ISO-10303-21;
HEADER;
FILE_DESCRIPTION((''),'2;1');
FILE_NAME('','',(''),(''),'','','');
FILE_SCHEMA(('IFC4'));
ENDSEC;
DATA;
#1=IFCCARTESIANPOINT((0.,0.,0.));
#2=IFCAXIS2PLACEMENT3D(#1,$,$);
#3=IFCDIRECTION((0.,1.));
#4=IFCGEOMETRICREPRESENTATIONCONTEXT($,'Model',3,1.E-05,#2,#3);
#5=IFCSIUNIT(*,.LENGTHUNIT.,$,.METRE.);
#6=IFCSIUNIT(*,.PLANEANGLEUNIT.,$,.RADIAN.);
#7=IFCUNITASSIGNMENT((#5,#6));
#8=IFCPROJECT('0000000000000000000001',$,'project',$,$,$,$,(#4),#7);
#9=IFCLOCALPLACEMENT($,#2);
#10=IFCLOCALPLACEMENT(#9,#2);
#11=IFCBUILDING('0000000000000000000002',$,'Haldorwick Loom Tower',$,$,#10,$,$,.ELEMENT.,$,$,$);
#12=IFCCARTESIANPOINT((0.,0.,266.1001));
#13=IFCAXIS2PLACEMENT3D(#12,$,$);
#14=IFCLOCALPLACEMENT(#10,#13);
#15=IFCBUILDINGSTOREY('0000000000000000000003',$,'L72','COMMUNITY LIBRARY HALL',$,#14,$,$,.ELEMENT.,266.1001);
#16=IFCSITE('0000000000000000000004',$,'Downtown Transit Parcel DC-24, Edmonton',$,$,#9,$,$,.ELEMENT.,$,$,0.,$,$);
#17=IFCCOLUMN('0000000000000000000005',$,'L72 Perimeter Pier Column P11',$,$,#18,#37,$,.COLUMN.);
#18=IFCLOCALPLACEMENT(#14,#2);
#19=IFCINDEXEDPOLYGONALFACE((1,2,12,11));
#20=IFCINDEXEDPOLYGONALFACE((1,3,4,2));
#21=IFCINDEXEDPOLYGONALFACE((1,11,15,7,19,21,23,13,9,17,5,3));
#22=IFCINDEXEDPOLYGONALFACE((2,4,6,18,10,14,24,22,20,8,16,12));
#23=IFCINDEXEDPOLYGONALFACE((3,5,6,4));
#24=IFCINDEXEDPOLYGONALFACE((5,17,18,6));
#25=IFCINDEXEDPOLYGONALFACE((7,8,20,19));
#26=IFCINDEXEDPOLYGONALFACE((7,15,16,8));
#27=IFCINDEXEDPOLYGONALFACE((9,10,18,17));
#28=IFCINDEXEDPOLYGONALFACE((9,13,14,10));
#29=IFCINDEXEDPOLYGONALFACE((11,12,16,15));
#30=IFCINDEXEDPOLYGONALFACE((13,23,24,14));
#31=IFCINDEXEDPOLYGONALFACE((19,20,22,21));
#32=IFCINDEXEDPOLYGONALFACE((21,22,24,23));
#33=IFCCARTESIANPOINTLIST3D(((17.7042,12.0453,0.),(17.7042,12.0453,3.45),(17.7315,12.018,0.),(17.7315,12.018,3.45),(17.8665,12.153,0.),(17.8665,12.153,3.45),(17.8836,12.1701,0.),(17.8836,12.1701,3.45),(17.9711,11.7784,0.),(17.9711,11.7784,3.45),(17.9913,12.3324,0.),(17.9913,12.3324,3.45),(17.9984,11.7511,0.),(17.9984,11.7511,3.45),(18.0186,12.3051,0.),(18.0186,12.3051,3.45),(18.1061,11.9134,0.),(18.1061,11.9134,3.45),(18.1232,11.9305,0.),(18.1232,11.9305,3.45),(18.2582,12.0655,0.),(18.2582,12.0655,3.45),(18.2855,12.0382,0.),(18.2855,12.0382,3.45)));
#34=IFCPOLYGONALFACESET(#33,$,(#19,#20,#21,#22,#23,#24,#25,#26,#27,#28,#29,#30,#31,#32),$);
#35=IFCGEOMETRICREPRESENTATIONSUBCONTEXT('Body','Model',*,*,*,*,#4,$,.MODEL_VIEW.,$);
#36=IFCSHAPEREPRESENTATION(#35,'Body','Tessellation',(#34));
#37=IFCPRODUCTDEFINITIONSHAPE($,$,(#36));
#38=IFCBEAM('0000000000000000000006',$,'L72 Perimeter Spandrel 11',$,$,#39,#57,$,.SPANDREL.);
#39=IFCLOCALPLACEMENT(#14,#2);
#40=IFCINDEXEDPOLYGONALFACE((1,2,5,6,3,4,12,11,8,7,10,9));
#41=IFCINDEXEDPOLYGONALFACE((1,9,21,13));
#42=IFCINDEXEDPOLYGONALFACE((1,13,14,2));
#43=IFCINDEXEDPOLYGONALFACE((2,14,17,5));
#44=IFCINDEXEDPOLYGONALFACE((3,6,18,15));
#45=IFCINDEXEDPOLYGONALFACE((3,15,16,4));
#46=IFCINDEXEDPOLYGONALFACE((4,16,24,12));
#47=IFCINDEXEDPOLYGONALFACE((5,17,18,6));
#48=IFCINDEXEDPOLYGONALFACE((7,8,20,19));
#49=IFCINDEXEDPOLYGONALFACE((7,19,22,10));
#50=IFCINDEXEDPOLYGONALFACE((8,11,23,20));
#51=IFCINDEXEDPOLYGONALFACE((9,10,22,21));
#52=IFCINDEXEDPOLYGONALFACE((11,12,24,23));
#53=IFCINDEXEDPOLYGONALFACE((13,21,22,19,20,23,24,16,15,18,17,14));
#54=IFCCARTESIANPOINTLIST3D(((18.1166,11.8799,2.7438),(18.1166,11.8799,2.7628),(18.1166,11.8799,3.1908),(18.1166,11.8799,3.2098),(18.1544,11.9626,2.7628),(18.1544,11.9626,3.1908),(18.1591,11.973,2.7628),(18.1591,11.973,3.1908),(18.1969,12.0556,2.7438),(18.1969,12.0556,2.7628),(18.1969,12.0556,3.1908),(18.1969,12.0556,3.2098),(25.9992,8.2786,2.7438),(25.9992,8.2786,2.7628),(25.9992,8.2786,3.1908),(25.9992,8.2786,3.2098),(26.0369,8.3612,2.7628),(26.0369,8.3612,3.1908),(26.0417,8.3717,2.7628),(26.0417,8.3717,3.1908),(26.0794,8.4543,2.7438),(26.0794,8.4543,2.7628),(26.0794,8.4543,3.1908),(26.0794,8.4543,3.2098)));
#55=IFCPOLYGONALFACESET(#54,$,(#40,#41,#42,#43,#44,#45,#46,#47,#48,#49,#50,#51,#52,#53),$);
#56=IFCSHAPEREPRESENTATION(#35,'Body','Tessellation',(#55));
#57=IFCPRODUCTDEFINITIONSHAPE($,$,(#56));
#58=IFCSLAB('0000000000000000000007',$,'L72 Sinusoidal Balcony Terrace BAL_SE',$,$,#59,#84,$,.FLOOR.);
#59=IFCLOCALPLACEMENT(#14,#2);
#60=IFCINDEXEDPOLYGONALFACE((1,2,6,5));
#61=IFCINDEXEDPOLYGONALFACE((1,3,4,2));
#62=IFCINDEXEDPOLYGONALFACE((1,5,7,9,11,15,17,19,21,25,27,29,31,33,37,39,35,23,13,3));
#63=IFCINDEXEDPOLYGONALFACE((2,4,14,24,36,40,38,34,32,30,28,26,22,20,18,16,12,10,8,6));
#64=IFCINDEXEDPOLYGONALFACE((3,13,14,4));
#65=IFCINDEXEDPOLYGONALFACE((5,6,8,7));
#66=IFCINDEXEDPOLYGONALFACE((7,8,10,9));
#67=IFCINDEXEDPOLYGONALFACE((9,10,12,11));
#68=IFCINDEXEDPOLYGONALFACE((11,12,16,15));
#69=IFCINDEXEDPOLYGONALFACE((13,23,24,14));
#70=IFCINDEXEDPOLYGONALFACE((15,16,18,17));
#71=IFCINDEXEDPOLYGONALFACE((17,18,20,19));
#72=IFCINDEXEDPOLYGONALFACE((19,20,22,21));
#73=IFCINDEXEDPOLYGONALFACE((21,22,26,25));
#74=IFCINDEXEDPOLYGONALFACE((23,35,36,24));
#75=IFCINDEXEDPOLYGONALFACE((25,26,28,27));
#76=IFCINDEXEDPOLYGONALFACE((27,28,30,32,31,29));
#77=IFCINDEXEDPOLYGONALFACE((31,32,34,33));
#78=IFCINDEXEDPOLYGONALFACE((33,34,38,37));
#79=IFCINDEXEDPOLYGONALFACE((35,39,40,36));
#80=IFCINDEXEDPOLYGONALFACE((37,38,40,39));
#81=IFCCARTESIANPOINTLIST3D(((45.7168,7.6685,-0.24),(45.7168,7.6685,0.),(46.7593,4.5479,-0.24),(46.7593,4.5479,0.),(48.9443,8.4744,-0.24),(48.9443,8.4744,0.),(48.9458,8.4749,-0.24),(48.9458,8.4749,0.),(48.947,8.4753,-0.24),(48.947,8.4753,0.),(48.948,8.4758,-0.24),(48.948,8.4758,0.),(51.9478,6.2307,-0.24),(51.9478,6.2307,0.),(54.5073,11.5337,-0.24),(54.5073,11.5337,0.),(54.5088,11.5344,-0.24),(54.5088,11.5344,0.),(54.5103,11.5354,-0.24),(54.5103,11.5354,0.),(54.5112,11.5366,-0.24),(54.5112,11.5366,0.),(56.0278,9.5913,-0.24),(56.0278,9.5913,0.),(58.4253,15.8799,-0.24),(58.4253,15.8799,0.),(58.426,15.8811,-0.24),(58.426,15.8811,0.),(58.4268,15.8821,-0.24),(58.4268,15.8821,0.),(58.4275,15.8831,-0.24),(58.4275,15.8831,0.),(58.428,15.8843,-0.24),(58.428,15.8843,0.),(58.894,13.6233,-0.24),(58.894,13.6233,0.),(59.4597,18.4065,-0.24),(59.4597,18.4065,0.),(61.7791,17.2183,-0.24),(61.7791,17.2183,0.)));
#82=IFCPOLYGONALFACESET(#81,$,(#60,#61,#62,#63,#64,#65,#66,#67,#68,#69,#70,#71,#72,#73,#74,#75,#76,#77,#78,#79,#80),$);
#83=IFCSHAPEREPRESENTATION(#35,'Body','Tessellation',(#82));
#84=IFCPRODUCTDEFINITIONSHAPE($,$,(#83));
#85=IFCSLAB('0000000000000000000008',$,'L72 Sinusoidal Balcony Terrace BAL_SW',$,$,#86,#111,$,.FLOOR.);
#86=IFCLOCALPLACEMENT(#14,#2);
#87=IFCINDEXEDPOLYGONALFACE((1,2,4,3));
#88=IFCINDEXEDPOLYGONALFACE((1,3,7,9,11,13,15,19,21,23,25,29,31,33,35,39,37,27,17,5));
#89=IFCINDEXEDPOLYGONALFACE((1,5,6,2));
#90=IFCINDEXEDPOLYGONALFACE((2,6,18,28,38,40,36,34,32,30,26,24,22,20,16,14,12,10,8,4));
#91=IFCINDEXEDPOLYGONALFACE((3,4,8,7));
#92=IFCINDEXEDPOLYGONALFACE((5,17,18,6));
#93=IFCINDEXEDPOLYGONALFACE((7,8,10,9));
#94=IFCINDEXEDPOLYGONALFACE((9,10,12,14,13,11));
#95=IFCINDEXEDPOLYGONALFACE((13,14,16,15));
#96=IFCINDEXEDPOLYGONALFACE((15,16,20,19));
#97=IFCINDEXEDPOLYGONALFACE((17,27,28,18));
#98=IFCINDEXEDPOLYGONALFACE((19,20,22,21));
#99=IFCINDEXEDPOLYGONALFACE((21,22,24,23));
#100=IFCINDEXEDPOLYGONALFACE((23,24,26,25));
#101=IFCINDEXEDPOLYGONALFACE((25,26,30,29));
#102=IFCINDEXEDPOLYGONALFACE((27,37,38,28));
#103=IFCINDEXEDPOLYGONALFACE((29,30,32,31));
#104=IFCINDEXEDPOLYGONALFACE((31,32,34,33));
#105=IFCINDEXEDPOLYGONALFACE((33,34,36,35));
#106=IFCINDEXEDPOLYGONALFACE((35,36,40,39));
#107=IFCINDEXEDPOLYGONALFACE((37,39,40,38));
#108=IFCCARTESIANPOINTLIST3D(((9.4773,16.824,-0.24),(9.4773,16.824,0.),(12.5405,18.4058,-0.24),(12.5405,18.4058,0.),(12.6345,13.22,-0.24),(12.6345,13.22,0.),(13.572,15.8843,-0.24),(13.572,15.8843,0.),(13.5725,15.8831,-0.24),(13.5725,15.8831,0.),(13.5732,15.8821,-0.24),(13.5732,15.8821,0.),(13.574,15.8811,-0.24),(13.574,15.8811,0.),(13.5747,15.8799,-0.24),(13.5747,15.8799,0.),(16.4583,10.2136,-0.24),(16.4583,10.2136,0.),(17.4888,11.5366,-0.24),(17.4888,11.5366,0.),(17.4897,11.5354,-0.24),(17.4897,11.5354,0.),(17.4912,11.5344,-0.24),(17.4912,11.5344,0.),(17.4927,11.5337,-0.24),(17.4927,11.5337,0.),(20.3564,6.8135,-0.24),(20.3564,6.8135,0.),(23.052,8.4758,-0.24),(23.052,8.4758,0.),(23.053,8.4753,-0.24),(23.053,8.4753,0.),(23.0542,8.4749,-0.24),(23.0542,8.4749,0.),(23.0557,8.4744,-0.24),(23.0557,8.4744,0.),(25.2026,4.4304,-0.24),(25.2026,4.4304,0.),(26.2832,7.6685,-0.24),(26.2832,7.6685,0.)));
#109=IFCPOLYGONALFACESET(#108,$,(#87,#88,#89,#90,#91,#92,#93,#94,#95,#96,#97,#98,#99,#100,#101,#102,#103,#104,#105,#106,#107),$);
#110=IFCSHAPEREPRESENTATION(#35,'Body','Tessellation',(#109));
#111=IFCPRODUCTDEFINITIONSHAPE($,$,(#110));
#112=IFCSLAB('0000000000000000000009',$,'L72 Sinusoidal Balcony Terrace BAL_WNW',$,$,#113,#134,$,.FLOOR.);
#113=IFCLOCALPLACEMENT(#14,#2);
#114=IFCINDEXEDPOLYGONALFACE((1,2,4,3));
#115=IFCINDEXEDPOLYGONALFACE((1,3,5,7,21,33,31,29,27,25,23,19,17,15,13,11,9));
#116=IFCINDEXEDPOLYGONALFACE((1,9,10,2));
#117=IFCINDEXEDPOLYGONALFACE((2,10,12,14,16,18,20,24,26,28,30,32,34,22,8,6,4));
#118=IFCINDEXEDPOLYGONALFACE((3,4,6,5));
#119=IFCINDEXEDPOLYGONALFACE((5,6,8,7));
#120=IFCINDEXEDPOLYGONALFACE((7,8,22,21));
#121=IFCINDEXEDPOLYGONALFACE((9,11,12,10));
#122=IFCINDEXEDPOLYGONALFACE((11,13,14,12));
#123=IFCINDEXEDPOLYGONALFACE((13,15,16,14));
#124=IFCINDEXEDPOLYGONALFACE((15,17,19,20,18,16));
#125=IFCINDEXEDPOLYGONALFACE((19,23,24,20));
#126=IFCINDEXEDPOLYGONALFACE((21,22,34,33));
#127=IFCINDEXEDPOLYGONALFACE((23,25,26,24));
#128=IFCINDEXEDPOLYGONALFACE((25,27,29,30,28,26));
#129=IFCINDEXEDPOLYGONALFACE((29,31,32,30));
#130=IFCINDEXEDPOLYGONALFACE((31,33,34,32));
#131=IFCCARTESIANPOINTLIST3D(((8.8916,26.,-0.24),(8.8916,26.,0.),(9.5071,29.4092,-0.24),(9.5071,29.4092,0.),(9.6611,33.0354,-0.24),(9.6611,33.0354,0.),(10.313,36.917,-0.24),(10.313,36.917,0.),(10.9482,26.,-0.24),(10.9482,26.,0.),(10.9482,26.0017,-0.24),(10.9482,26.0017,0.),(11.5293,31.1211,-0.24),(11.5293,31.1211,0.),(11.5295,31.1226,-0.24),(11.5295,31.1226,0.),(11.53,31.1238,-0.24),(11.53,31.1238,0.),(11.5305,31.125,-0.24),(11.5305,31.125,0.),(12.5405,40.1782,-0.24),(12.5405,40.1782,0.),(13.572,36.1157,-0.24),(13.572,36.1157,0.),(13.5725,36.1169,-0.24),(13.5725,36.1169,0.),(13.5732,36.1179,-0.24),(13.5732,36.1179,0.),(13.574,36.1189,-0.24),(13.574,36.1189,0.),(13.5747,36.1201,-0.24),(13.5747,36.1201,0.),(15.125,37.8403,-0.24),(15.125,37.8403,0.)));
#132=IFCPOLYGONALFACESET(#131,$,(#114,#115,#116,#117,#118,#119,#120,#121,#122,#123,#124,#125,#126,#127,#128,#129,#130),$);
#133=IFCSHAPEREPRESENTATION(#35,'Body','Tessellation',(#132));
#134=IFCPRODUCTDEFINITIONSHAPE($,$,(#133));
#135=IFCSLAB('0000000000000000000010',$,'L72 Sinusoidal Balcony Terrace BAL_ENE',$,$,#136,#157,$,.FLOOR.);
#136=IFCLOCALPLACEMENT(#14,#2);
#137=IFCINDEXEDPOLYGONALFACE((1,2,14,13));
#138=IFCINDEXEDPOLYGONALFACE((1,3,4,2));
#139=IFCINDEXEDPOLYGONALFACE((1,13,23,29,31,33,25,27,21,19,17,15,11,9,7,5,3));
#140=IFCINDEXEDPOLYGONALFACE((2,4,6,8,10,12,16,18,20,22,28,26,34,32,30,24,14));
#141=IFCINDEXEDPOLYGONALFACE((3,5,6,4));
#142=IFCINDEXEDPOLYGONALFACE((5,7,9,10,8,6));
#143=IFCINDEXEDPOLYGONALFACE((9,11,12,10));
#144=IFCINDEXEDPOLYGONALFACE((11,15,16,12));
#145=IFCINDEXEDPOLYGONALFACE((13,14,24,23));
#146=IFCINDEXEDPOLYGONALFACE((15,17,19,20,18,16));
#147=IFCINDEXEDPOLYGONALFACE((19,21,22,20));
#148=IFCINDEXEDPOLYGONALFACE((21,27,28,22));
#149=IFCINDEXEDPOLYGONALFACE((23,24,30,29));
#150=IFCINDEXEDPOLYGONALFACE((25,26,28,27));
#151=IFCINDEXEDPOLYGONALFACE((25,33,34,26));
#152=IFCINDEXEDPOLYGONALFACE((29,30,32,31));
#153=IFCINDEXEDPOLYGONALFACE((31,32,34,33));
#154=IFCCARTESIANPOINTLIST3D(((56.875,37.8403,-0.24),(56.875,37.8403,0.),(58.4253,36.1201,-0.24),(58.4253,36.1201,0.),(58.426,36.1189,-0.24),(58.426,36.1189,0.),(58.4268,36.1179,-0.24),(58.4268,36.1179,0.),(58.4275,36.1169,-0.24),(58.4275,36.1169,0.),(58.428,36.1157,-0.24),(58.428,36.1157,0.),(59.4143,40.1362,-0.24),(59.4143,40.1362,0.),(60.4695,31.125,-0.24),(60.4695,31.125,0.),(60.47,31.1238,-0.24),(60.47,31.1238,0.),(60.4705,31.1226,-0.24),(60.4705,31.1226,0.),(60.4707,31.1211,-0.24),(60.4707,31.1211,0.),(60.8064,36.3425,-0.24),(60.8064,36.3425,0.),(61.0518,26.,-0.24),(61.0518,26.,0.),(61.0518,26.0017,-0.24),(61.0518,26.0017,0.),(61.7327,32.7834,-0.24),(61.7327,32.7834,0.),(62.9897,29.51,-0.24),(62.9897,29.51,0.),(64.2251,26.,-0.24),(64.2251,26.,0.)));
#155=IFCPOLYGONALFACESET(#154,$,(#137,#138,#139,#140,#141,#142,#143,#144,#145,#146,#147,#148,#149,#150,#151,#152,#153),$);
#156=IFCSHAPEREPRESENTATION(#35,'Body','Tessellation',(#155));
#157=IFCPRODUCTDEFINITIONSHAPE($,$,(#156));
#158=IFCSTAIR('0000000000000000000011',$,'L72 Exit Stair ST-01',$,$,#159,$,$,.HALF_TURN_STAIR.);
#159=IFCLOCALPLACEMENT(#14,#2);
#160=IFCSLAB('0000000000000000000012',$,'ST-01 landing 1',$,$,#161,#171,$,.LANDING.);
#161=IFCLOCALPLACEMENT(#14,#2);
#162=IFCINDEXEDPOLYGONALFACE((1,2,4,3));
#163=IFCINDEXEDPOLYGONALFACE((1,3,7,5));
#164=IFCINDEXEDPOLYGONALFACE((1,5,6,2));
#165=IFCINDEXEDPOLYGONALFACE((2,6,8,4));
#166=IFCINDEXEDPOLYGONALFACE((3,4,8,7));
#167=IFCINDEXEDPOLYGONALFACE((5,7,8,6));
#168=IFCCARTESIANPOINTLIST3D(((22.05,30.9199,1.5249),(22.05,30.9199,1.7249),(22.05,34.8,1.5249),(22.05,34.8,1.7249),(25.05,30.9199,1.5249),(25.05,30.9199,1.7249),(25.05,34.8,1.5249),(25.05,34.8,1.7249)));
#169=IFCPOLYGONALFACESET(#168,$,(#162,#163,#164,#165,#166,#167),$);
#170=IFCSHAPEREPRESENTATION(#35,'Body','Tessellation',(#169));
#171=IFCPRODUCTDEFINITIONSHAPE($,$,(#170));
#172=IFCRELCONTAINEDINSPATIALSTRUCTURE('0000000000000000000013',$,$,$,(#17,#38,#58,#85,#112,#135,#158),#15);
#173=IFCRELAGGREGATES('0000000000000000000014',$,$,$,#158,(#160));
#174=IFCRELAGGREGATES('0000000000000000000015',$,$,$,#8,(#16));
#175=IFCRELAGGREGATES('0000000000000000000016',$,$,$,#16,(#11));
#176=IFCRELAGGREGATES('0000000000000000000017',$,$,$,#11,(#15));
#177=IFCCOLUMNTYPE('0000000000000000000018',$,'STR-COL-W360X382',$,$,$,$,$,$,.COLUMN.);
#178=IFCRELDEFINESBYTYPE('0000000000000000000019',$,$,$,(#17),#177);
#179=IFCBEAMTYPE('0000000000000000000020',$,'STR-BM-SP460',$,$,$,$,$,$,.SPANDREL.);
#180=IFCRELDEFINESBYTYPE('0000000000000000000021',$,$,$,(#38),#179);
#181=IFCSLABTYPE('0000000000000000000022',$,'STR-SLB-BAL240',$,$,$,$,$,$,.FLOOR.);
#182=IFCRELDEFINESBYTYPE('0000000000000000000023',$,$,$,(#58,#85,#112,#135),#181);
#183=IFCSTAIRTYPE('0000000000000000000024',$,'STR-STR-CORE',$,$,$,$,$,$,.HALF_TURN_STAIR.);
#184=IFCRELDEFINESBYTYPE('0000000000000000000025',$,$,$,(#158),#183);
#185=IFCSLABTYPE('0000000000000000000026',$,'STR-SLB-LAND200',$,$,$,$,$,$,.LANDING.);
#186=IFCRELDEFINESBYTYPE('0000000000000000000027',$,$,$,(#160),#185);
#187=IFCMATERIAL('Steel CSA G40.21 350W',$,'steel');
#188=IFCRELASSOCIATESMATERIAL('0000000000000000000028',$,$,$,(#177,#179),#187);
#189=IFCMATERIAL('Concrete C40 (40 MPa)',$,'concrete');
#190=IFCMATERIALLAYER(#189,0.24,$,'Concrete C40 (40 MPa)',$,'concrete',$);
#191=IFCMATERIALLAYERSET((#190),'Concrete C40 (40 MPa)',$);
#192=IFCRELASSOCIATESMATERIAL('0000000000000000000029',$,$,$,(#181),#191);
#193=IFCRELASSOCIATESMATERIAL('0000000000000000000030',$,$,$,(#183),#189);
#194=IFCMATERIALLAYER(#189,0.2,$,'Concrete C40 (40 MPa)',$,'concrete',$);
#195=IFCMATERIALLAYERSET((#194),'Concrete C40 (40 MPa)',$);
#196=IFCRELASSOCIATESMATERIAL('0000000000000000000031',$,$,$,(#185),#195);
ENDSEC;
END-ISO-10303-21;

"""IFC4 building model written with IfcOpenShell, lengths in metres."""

from ifc_helpers import new_model, si_unit, direction, frame, origin, origin_2d, place, context, subcontext, project, spatial, polyline, i_section, outline, extrude, material, layer, layer_set, material_profile, profile_set, type_object, element, aggregate, save


model = new_model("IFC4")

# Units and contexts
model_context = context("Model", 3, precision=1e-05, world=origin(), true_north=direction((0.0, 1.0)))
body_context = subcontext(model_context, "Body", "Model", "MODEL_VIEW")
ifc_project = project(units=[si_unit("LENGTHUNIT", "METRE"), si_unit("PLANEANGLEUNIT", "RADIAN")], contexts=[model_context])

# Site, building, storey
site_placement = place(None, origin())
site = spatial("IfcSite", under=ifc_project, at=site_placement, Name="Downtown Transit Parcel DC-24, Edmonton", CompositionType="ELEMENT", RefElevation=0.0)
building_placement = place(site_placement, origin())
building = spatial("IfcBuilding", under=site, at=building_placement, Name="Haldorwick Loom Tower", CompositionType="ELEMENT")
storey_placement = place(building_placement, frame((0.0, 0.0, 266.1001)))
storey = spatial("IfcBuildingStorey", under=building, at=storey_placement, Name="L72", Description="COMMUNITY LIBRARY HALL", CompositionType="ELEMENT", Elevation=266.1001)

# Column
ifc_material_1 = material(Name="Steel CSA G40.21 350W", Category="steel")
ifc_material_profile_1 = material_profile(ifc_material_1, i_section(OverallWidth=0.406, OverallDepth=0.416, WebThickness=0.0242, FlangeThickness=0.0386, at=origin_2d()), Name="W360X382", Category="steel")
ifc_profile_set_1 = profile_set([ifc_material_profile_1], Name="Steel CSA G40.21 350W")
column_type = type_object("IfcColumnType", Name="STR-COL-W360X382", PredefinedType="COLUMN", material=ifc_profile_set_1)
column_placement = place(storey_placement, frame((17.9949, 12.0417, 0.0), z_axis=(0.0, 0.0, 1.0), x_axis=(-0.707107, -0.707107, 0.0)))
element("IfcColumn", 1, at=column_placement, inside=storey, type_object=column_type, Name="L72 Perimeter Pier Column P11", PredefinedType="COLUMN", context=body_context, shape_type="SweptSolid", body=[
    extrude(i_section(OverallWidth=0.406, OverallDepth=0.416, WebThickness=0.0242, FlangeThickness=0.0386, at=origin_2d()), origin(), (0.0, 0.0, 1.0), 3.45),
])

# Beam
ifc_material_profile_2 = material_profile(ifc_material_1, i_section(OverallWidth=0.1931, OverallDepth=0.4661, WebThickness=0.0115, FlangeThickness=0.019, at=origin_2d()), Name="W460X97", Category="steel")
ifc_profile_set_2 = profile_set([ifc_material_profile_2], Name="Steel CSA G40.21 350W")
beam_type = type_object("IfcBeamType", Name="STR-BM-SP460", PredefinedType="SPANDREL", material=ifc_profile_set_2)
beam_placement = place(storey_placement, frame((18.1567, 11.9678, 2.9768), z_axis=(0.909568, -0.415555, 0.0), x_axis=(0.415555, 0.909568, 0.0)))
element("IfcBeam", 2, at=beam_placement, inside=storey, type_object=beam_type, Name="L72 Perimeter Spandrel 11", PredefinedType="SPANDREL", context=body_context, shape_type="SweptSolid", body=[
    extrude(i_section(OverallWidth=0.1931, OverallDepth=0.4661, WebThickness=0.0115, FlangeThickness=0.019, at=origin_2d()), origin(), (0.0, 0.0, 1.0), 8.6663),
])

# Slabs
ifc_material_2 = material(Name="Concrete C40 (40 MPa)", Category="concrete")
ifc_layer_1 = layer(ifc_material_2, 0.24, Name="Concrete C40 (40 MPa)", Category="concrete")
ifc_layer_set_1 = layer_set([ifc_layer_1], Name="Concrete C40 (40 MPa)")
slab_type_1 = type_object("IfcSlabType", Name="STR-SLB-BAL240", PredefinedType="FLOOR", material=ifc_layer_set_1)
slab_1_placement = place(storey_placement, frame((0.0, 0.0, -0.24)))
element("IfcSlab", 3, at=slab_1_placement, inside=storey, type_object=slab_type_1, Name="L72 Sinusoidal Balcony Terrace BAL_SE", PredefinedType="FLOOR", context=body_context, shape_type="SweptSolid", body=[
    extrude(outline(polyline([(59.4597, 18.4065), (58.428, 15.8843), (58.4275, 15.8831), (58.4268, 15.8821), (58.426, 15.8811), (58.4253, 15.8799), (54.5112, 11.5366), (54.5103, 11.5354), (54.5088, 11.5344), (54.5073, 11.5337), (48.948, 8.4758), (48.947, 8.4753), (48.9458, 8.4749), (48.9443, 8.4744), (45.7168, 7.6685), (46.7593, 4.5479), (51.9478, 6.2307), (56.0278, 9.5913), (58.894, 13.6233), (61.7791, 17.2183), (59.4597, 18.4065)])), origin(), (0.0, 0.0, 1.0), 0.24),
])
slab_2_placement = place(storey_placement, frame((0.0, 0.0, -0.24)))
element("IfcSlab", 4, at=slab_2_placement, inside=storey, type_object=slab_type_1, Name="L72 Sinusoidal Balcony Terrace BAL_SW", PredefinedType="FLOOR", context=body_context, shape_type="SweptSolid", body=[
    extrude(outline(polyline([(26.2832, 7.6685), (23.0557, 8.4744), (23.0542, 8.4749), (23.053, 8.4753), (23.052, 8.4758), (17.4927, 11.5337), (17.4912, 11.5344), (17.4897, 11.5354), (17.4888, 11.5366), (13.5747, 15.8799), (13.574, 15.8811), (13.5732, 15.8821), (13.5725, 15.8831), (13.572, 15.8843), (12.5405, 18.4058), (9.4773, 16.824), (12.6345, 13.22), (16.4583, 10.2136), (20.3564, 6.8135), (25.2026, 4.4304), (26.2832, 7.6685)])), origin(), (0.0, 0.0, 1.0), 0.24),
])
slab_3_placement = place(storey_placement, frame((0.0, 0.0, -0.24)))
element("IfcSlab", 5, at=slab_3_placement, inside=storey, type_object=slab_type_1, Name="L72 Sinusoidal Balcony Terrace BAL_WNW", PredefinedType="FLOOR", context=body_context, shape_type="SweptSolid", body=[
    extrude(outline(polyline([(10.9482, 26.0), (10.9482, 26.0017), (11.5293, 31.1211), (11.5295, 31.1226), (11.53, 31.1238), (11.5305, 31.125), (13.572, 36.1157), (13.5725, 36.1169), (13.5732, 36.1179), (13.574, 36.1189), (13.5747, 36.1201), (15.125, 37.8403), (12.5405, 40.1782), (10.313, 36.917), (9.6611, 33.0354), (9.5071, 29.4092), (8.8916, 26.0), (10.9482, 26.0)])), origin(), (0.0, 0.0, 1.0), 0.24),
])
slab_4_placement = place(storey_placement, frame((0.0, 0.0, -0.24)))
element("IfcSlab", 6, at=slab_4_placement, inside=storey, type_object=slab_type_1, Name="L72 Sinusoidal Balcony Terrace BAL_ENE", PredefinedType="FLOOR", context=body_context, shape_type="SweptSolid", body=[
    extrude(outline(polyline([(56.875, 37.8403), (58.4253, 36.1201), (58.426, 36.1189), (58.4268, 36.1179), (58.4275, 36.1169), (58.428, 36.1157), (60.4695, 31.125), (60.47, 31.1238), (60.4705, 31.1226), (60.4707, 31.1211), (61.0518, 26.0017), (61.0518, 26.0), (64.2251, 26.0), (62.9897, 29.51), (61.7327, 32.7834), (60.8064, 36.3425), (59.4143, 40.1362), (56.875, 37.8403)])), origin(), (0.0, 0.0, 1.0), 0.24),
])

# Stair, slab
stair_type = type_object("IfcStairType", Name="STR-STR-CORE", PredefinedType="HALF_TURN_STAIR", material=ifc_material_2)
stair_1_placement = place(storey_placement, origin())
stair_1 = element("IfcStair", 7, at=stair_1_placement, inside=storey, type_object=stair_type, Name="L72 Exit Stair ST-01", PredefinedType="HALF_TURN_STAIR")
ifc_layer_2 = layer(ifc_material_2, 0.2, Name="Concrete C40 (40 MPa)", Category="concrete")
ifc_layer_set_2 = layer_set([ifc_layer_2], Name="Concrete C40 (40 MPa)")
slab_type_2 = type_object("IfcSlabType", Name="STR-SLB-LAND200", PredefinedType="LANDING", material=ifc_layer_set_2)
slab_5_placement = place(storey_placement, frame((0.0, 0.0, 1.5249)))
slab_5 = element("IfcSlab", 8, at=slab_5_placement, type_object=slab_type_2, Name="ST-01 landing 1", PredefinedType="LANDING", context=body_context, shape_type="SweptSolid", body=[
    extrude(outline(polyline([(25.05, 30.9199), (25.05, 34.8), (22.05, 34.8), (22.05, 30.9199), (25.05, 30.9199)])), origin(), (0.0, 0.0, 1.0), 0.2),
])
aggregate(stair_1, [slab_5])

save(model, "model.ifc")
